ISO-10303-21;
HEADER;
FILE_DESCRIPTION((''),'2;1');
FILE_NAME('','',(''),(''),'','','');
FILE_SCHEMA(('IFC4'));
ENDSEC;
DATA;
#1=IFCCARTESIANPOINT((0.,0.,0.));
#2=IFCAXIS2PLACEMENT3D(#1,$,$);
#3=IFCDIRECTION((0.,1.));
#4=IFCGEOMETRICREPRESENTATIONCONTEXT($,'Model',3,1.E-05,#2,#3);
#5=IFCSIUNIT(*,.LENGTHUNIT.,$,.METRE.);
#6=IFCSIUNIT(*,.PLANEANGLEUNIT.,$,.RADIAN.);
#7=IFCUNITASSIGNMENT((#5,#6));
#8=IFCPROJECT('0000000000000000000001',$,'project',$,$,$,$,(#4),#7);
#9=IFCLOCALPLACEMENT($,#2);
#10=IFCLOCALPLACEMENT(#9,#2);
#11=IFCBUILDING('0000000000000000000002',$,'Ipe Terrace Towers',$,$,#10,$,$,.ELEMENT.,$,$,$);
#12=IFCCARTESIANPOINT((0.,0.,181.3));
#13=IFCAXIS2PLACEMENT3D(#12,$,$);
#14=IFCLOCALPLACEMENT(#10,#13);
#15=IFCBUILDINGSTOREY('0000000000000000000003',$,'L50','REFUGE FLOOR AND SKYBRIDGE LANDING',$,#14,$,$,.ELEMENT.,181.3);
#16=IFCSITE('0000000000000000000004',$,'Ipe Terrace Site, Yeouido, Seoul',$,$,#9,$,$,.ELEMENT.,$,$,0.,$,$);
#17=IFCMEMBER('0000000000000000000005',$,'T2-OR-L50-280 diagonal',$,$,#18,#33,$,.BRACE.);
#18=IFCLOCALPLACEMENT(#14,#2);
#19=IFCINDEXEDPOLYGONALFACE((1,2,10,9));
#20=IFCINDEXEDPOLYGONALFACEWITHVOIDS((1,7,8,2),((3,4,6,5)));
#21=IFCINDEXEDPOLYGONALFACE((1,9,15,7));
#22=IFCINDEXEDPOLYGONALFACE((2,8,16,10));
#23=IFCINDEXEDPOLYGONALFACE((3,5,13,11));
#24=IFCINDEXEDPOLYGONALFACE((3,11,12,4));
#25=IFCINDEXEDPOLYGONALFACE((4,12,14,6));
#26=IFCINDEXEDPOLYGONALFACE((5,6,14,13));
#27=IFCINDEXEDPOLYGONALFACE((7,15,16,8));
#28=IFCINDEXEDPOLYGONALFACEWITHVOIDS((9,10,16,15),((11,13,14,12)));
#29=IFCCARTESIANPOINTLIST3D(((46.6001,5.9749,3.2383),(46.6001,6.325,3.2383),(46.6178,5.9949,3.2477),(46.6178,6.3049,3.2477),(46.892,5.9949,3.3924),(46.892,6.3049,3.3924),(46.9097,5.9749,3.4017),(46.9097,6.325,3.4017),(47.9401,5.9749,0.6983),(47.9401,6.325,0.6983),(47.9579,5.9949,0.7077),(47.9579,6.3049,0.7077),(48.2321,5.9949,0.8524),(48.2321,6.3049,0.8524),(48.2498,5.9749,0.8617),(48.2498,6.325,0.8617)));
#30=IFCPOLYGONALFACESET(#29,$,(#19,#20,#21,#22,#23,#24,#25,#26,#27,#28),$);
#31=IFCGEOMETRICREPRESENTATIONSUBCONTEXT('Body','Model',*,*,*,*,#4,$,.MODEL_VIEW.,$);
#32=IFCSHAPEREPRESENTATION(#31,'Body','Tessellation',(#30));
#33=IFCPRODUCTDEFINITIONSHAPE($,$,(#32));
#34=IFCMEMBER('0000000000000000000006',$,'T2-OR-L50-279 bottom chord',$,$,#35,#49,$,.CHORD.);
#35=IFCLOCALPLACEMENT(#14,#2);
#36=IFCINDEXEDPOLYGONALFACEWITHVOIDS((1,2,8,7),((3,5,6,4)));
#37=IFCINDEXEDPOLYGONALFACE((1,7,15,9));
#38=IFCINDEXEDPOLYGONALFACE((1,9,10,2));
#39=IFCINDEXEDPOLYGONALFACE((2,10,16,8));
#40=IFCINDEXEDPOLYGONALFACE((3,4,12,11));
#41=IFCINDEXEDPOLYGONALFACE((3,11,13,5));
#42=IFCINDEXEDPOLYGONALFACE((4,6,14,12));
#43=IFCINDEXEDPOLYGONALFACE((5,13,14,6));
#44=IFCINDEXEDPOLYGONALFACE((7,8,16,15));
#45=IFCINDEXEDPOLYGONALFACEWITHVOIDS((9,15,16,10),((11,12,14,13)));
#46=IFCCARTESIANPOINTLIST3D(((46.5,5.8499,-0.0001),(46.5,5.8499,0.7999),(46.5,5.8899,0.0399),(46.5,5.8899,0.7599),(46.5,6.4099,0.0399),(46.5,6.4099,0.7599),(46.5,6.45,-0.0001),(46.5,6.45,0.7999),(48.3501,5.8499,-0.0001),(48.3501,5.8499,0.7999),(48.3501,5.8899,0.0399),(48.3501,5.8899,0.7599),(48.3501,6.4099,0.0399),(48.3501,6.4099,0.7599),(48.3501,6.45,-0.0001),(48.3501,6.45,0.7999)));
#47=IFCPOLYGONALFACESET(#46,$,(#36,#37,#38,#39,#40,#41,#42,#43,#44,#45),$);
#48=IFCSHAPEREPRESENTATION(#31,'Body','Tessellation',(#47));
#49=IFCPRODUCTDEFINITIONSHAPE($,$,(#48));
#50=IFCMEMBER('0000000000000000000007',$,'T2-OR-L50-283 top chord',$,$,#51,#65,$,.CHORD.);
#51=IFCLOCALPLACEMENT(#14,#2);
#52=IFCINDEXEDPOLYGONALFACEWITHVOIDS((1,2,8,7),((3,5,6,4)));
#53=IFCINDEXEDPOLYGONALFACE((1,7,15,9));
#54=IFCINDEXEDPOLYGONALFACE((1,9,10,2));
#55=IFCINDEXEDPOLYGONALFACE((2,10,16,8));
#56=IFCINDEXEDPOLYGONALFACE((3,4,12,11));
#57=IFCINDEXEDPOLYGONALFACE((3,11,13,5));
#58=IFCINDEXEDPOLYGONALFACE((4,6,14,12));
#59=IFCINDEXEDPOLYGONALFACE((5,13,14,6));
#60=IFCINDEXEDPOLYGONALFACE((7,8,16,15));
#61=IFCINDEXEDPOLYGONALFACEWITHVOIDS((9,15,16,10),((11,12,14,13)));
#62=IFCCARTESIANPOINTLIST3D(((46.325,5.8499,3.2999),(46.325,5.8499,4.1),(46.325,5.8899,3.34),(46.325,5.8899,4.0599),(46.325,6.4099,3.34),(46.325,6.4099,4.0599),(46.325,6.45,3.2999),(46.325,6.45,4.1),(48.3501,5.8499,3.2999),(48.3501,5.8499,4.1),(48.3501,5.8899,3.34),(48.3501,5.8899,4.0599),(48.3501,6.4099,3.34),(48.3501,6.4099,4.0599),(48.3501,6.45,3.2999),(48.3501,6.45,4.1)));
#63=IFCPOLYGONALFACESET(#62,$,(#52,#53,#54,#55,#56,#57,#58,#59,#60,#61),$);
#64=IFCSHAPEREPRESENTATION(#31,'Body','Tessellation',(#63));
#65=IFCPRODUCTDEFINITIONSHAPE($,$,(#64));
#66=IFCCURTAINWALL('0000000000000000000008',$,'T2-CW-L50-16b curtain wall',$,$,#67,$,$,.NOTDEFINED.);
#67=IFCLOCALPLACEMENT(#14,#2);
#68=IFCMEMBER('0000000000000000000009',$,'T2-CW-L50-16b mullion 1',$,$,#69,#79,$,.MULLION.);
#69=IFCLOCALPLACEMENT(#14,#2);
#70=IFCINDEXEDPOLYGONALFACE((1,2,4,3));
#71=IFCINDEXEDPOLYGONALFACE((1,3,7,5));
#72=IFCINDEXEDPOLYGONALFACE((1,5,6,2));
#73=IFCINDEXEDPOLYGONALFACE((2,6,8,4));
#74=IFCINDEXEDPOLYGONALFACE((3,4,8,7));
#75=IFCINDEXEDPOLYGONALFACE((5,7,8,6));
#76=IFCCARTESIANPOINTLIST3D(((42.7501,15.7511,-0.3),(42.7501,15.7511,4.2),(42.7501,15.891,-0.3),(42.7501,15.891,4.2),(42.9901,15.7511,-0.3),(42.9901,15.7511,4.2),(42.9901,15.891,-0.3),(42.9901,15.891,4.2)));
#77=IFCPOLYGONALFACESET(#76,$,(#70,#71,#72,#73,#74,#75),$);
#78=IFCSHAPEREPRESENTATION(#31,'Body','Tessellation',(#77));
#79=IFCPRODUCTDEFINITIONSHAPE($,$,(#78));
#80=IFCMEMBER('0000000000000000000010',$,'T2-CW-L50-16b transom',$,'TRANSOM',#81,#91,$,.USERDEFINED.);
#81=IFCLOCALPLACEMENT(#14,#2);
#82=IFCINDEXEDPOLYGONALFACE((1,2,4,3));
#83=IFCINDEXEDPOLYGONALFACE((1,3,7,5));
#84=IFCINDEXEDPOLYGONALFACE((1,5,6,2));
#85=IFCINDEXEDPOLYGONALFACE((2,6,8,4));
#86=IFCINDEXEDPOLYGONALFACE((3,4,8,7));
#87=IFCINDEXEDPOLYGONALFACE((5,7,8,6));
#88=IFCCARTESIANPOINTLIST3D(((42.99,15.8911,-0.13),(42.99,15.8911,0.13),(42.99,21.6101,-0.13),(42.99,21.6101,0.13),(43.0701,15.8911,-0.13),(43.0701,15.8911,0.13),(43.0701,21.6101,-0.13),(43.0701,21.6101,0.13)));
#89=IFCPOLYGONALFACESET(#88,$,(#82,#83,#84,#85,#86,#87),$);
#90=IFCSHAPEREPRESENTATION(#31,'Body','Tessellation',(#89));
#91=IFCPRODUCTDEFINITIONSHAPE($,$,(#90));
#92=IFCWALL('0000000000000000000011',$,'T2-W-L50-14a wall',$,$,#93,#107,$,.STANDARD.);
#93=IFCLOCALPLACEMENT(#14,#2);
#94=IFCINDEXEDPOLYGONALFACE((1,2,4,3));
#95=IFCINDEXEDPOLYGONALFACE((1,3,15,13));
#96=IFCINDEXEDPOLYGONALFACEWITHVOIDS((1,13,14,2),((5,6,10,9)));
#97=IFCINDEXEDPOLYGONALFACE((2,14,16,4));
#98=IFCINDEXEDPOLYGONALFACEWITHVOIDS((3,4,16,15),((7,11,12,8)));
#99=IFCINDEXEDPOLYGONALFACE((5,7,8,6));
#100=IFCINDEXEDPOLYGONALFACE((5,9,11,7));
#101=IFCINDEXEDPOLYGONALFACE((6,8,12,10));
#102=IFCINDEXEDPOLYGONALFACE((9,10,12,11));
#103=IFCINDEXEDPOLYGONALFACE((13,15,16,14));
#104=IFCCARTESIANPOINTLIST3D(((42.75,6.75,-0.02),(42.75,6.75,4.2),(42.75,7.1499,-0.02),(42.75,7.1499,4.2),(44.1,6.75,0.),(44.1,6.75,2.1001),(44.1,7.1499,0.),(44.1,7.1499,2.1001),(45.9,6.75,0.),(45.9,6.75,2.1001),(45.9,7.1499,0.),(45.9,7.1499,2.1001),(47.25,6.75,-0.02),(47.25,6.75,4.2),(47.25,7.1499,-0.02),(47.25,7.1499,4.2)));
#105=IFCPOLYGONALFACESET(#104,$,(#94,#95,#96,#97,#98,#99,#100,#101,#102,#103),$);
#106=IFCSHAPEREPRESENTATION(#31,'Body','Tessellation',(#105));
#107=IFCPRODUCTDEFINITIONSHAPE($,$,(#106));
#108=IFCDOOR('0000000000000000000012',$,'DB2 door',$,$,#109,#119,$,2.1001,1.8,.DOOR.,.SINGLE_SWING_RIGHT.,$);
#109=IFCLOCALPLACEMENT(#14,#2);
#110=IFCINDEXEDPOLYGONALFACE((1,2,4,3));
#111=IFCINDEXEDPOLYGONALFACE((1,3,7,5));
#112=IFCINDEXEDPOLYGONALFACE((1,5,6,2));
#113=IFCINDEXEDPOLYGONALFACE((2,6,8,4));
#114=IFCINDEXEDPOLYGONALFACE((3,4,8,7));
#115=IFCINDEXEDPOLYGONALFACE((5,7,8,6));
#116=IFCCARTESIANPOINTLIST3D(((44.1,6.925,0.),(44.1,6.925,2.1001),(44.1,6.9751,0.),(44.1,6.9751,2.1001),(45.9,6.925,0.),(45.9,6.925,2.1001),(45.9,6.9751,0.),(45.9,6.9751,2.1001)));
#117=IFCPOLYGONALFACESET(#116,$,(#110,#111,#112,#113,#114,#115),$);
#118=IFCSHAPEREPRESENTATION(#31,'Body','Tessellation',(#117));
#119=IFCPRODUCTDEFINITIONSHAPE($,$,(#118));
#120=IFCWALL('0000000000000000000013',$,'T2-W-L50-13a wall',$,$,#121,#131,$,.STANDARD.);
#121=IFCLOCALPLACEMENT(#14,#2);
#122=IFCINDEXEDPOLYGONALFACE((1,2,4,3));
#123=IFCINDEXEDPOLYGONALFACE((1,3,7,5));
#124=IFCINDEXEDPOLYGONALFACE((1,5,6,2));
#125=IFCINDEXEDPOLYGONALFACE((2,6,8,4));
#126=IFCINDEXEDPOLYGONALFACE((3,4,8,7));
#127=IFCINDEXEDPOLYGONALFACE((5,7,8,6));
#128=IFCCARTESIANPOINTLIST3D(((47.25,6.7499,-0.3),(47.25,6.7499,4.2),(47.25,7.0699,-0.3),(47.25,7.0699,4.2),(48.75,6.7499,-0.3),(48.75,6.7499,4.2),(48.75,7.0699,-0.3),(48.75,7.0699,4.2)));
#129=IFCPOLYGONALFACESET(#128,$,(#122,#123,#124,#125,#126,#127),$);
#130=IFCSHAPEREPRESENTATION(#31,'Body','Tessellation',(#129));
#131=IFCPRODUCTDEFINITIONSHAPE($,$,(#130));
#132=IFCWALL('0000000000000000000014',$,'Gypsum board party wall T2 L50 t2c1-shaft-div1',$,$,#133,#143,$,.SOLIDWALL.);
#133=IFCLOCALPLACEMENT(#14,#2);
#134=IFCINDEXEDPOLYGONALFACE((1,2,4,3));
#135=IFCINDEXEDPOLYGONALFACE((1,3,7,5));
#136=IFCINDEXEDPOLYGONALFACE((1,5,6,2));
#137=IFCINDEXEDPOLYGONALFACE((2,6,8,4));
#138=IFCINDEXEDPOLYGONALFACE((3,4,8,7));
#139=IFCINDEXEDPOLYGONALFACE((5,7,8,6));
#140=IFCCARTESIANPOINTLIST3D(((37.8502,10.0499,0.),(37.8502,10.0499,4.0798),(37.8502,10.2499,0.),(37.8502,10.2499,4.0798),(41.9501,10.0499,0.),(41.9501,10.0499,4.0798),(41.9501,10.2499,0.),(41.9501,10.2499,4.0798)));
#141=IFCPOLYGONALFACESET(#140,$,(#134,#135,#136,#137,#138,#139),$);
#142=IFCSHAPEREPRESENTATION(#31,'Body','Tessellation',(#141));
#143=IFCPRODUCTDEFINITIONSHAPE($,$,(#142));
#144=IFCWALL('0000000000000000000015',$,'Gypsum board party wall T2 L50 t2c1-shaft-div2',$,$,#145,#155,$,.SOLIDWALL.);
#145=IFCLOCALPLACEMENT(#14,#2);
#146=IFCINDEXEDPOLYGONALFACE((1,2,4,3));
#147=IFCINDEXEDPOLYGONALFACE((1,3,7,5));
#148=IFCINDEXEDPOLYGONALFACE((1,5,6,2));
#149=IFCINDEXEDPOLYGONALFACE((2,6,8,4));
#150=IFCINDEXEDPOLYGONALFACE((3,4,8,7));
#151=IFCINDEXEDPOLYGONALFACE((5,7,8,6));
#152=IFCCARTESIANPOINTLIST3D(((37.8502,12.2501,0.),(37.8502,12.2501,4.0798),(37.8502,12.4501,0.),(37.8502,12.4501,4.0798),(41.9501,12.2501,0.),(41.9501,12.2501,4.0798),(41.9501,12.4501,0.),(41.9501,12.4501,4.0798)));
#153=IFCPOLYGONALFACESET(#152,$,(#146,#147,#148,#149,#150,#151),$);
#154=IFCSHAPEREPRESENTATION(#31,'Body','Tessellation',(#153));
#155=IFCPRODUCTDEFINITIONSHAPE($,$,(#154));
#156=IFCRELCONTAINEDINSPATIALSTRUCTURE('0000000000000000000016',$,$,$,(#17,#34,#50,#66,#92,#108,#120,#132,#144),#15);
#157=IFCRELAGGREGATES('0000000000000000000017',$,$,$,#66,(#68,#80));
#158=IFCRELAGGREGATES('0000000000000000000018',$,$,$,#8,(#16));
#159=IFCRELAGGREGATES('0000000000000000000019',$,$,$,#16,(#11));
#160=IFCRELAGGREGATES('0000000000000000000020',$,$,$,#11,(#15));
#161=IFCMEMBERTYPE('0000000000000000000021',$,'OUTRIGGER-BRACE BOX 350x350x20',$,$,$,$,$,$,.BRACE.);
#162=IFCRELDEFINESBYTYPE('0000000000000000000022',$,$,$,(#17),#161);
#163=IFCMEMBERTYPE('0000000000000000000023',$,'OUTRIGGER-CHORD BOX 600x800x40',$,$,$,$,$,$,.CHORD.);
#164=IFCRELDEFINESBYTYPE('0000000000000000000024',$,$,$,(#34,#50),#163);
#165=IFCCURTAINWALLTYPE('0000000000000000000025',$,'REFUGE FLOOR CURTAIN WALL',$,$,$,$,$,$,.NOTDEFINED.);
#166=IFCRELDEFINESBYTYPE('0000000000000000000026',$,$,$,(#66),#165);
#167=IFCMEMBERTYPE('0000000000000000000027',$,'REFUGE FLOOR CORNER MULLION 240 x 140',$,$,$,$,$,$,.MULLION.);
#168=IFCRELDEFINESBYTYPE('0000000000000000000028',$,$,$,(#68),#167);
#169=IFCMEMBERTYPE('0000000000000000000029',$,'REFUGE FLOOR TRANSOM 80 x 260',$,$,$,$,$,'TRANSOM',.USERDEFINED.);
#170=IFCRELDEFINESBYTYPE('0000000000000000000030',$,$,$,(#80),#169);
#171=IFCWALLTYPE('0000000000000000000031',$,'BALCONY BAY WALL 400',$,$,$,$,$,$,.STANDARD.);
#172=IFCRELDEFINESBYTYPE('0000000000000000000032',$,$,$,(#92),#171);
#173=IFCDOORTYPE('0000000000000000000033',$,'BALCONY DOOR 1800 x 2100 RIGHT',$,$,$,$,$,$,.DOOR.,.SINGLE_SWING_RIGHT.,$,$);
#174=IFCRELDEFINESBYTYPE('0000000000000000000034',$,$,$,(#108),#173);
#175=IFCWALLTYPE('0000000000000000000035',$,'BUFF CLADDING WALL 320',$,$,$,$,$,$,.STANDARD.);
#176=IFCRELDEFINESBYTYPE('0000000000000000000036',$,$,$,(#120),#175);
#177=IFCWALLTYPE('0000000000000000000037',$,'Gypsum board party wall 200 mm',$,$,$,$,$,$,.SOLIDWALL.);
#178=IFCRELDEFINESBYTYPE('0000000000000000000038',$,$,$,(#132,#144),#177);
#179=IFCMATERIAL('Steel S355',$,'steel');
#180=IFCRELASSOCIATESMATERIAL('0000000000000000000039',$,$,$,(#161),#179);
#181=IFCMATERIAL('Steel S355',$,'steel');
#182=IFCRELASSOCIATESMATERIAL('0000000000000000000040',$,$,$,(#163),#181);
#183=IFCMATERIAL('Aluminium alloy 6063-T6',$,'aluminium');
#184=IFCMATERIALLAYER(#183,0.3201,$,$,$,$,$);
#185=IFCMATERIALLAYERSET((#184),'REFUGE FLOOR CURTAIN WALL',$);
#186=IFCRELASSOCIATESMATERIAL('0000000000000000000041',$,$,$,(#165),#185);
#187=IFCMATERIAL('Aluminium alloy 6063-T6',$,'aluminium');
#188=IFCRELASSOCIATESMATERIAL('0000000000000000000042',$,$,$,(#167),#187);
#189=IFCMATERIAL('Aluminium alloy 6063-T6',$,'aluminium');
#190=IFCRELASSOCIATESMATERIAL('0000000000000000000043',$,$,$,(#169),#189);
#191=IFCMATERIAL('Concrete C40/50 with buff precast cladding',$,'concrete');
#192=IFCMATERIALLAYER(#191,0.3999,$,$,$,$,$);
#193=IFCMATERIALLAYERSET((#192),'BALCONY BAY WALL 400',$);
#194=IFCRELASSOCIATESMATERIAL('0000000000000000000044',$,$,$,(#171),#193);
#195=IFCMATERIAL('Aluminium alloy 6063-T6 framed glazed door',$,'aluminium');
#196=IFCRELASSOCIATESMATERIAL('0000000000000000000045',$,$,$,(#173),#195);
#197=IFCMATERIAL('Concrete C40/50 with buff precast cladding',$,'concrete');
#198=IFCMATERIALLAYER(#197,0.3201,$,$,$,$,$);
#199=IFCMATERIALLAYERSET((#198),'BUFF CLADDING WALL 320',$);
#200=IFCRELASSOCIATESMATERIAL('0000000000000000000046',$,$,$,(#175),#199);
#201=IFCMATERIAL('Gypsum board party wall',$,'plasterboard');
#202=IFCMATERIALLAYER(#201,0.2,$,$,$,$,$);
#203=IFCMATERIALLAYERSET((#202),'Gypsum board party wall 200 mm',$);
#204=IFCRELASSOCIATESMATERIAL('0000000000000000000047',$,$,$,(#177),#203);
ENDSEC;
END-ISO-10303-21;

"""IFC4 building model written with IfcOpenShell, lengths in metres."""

from ifc_helpers import new_model, si_unit, direction, frame, frame_2d, origin, origin_2d, place, context, subcontext, project, spatial, rectangle, hollow_rectangle, extrude, material, layer, layer_set, material_profile, profile_set, type_object, element, fill, aggregate, save


model = new_model("IFC4")

# Units and contexts
model_context = context("Model", 3, precision=1e-05, world=origin(), true_north=direction((0.0, 1.0)))
body_context = subcontext(model_context, "Body", "Model", "MODEL_VIEW")
ifc_project = project(units=[si_unit("LENGTHUNIT", "METRE"), si_unit("PLANEANGLEUNIT", "RADIAN")], contexts=[model_context])

# Site, building, storey
site_placement = place(None, origin())
site = spatial("IfcSite", under=ifc_project, at=site_placement, Name="Ipe Terrace Site, Yeouido, Seoul", CompositionType="ELEMENT", RefElevation=0.0)
building_placement = place(site_placement, origin())
building = spatial("IfcBuilding", under=site, at=building_placement, Name="Ipe Terrace Towers", CompositionType="ELEMENT")
storey_placement = place(building_placement, frame((0.0, 0.0, 181.3)))
storey = spatial("IfcBuildingStorey", under=building, at=storey_placement, Name="L50", Description="REFUGE FLOOR AND SKYBRIDGE LANDING", CompositionType="ELEMENT", Elevation=181.3)

# Members
ifc_material_1 = material(Name="Steel S355", Category="steel")
ifc_material_profile_1 = material_profile(ifc_material_1, hollow_rectangle(XDim=0.3501, YDim=0.3501, WallThickness=0.02, at=origin_2d()), Name="OUTRIGGER-BRACE BOX 350x350x20")
ifc_profile_set_1 = profile_set([ifc_material_profile_1], Name="Steel S355")
member_type_1 = type_object("IfcMemberType", Name="OUTRIGGER-BRACE BOX 350x350x20", PredefinedType="BRACE", material=ifc_profile_set_1)
member_1_placement = place(storey_placement, frame((48.095, 6.1499, 0.78), z_axis=(-0.466626, 0.0, 0.884455), x_axis=(0.0, -1.0, 0.0)))
element("IfcMember", 1, at=member_1_placement, inside=storey, type_object=member_type_1, Name="T2-OR-L50-280 diagonal", PredefinedType="BRACE", context=body_context, shape_type="SweptSolid", body=[
    extrude(hollow_rectangle(XDim=0.3501, YDim=0.3501, WallThickness=0.02, at=origin_2d()), origin(), (0.0, 0.0, 1.0), 2.8718),
])
ifc_material_2 = material(Name="Steel S355", Category="steel")
ifc_material_profile_2 = material_profile(ifc_material_2, hollow_rectangle(XDim=0.6001, YDim=0.8, WallThickness=0.04, at=origin_2d()), Name="OUTRIGGER-CHORD BOX 600x800x40")
ifc_profile_set_2 = profile_set([ifc_material_profile_2], Name="Steel S355")
member_type_2 = type_object("IfcMemberType", Name="OUTRIGGER-CHORD BOX 600x800x40", PredefinedType="CHORD", material=ifc_profile_set_2)
member_2_placement = place(storey_placement, frame((46.5, 6.1499, 0.3999), z_axis=(1.0, 0.0, 0.0), x_axis=(0.0, 1.0, 0.0)))
element("IfcMember", 2, at=member_2_placement, inside=storey, type_object=member_type_2, Name="T2-OR-L50-279 bottom chord", PredefinedType="CHORD", context=body_context, shape_type="SweptSolid", body=[
    extrude(hollow_rectangle(XDim=0.6001, YDim=0.8, WallThickness=0.04, at=origin_2d()), origin(), (0.0, 0.0, 1.0), 1.8501),
])
member_3_placement = place(storey_placement, frame((46.325, 6.1499, 3.7), z_axis=(1.0, 0.0, 0.0), x_axis=(0.0, 1.0, 0.0)))
element("IfcMember", 3, at=member_3_placement, inside=storey, type_object=member_type_2, Name="T2-OR-L50-283 top chord", PredefinedType="CHORD", context=body_context, shape_type="SweptSolid", body=[
    extrude(hollow_rectangle(XDim=0.6001, YDim=0.8, WallThickness=0.04, at=origin_2d()), origin(), (0.0, 0.0, 1.0), 2.0251),
])

# Curtain wall, members
ifc_material_3 = material(Name="Aluminium alloy 6063-T6", Category="aluminium")
ifc_layer_1 = layer(ifc_material_3, 0.3201)
ifc_layer_set_1 = layer_set([ifc_layer_1], Name="REFUGE FLOOR CURTAIN WALL")
curtain_wall_type = type_object("IfcCurtainWallType", Name="REFUGE FLOOR CURTAIN WALL", PredefinedType="NOTDEFINED", material=ifc_layer_set_1)
curtain_wall_placement = place(storey_placement, origin())
curtain_wall = element("IfcCurtainWall", 4, at=curtain_wall_placement, inside=storey, type_object=curtain_wall_type, Name="T2-CW-L50-16b curtain wall", PredefinedType="NOTDEFINED")
ifc_material_4 = material(Name="Aluminium alloy 6063-T6", Category="aluminium")
ifc_material_profile_3 = material_profile(ifc_material_4, rectangle(XDim=0.24, YDim=0.1399, at=origin_2d()), Name="REFUGE FLOOR CORNER MULLION 240 x 140")
ifc_profile_set_3 = profile_set([ifc_material_profile_3], Name="Aluminium alloy 6063-T6")
member_type_3 = type_object("IfcMemberType", Name="REFUGE FLOOR CORNER MULLION 240 x 140", PredefinedType="MULLION", material=ifc_profile_set_3)
member_4_placement = place(storey_placement, frame((42.8701, 15.821, -0.3), z_axis=(0.0, 0.0, 1.0), x_axis=(1.0, 0.0, 0.0)))
member_4 = element("IfcMember", 5, at=member_4_placement, type_object=member_type_3, Name="T2-CW-L50-16b mullion 1", PredefinedType="MULLION", context=body_context, shape_type="SweptSolid", body=[
    extrude(rectangle(XDim=0.24, YDim=0.1399, at=origin_2d()), origin(), (0.0, 0.0, 1.0), 4.5),
])
ifc_material_5 = material(Name="Aluminium alloy 6063-T6", Category="aluminium")
ifc_material_profile_4 = material_profile(ifc_material_5, rectangle(XDim=0.0801, YDim=0.26, at=origin_2d()), Name="REFUGE FLOOR TRANSOM 80 x 260")
ifc_profile_set_4 = profile_set([ifc_material_profile_4], Name="Aluminium alloy 6063-T6")
member_type_4 = type_object("IfcMemberType", Name="REFUGE FLOOR TRANSOM 80 x 260", ElementType="TRANSOM", PredefinedType="USERDEFINED", material=ifc_profile_set_4)
member_5_placement = place(storey_placement, frame((43.03, 15.8911, 0.0), z_axis=(0.0, 1.0, 0.0), x_axis=(1.0, 0.0, 0.0)))
member_5 = element("IfcMember", 6, at=member_5_placement, type_object=member_type_4, Name="T2-CW-L50-16b transom", ObjectType="TRANSOM", PredefinedType="USERDEFINED", context=body_context, shape_type="SweptSolid", body=[
    extrude(rectangle(XDim=0.0801, YDim=0.26, at=origin_2d()), origin(), (0.0, 0.0, 1.0), 5.719),
])
aggregate(curtain_wall, [member_4, member_5])

# Wall, opening, door
ifc_material_6 = material(Name="Concrete C40/50 with buff precast cladding", Category="concrete")
ifc_layer_2 = layer(ifc_material_6, 0.3999)
ifc_layer_set_2 = layer_set([ifc_layer_2], Name="BALCONY BAY WALL 400")
wall_type_1 = type_object("IfcWallType", Name="BALCONY BAY WALL 400", PredefinedType="STANDARD", material=ifc_layer_set_2)
wall_1_placement = place(storey_placement, frame((47.25, 6.95, -0.02), z_axis=(0.0, 0.0, 1.0), x_axis=(-1.0, 0.0, 0.0)))
wall_1 = element("IfcWall", 7, at=wall_1_placement, inside=storey, type_object=wall_type_1, Name="T2-W-L50-14a wall", PredefinedType="STANDARD", context=body_context, shape_type="SweptSolid", body=[
    extrude(rectangle(XDim=4.5, YDim=0.3999, at=frame_2d((2.25, 0.0))), origin(), (0.0, 0.0, 1.0), 4.22),
])
opening_1_placement = place(wall_1_placement, frame((1.3501, 0.0, 0.02)))
opening_1 = element("IfcOpeningElement", 8, at=opening_1_placement, cuts=wall_1, PredefinedType="OPENING", context=body_context, shape_type="SweptSolid", body=[
    extrude(rectangle(XDim=1.8, YDim=2.1001, at=frame_2d((0.8999, 1.05))), frame((0.0, 0.21, 0.0), z_axis=(0.0, -1.0, 0.0), x_axis=(1.0, 0.0, 0.0)), (0.0, 0.0, 1.0), 0.4199),
])
ifc_material_7 = material(Name="Aluminium alloy 6063-T6 framed glazed door", Category="aluminium")
door_type_1 = type_object("IfcDoorType", Name="BALCONY DOOR 1800 x 2100 RIGHT", OperationType="SINGLE_SWING_RIGHT", PredefinedType="DOOR", material=ifc_material_7)
door_1_placement = place(opening_1_placement, origin())
door_1 = element("IfcDoor", 9, at=door_1_placement, inside=storey, type_object=door_type_1, Name="DB2 door", OperationType="SINGLE_SWING_RIGHT", OverallHeight=2.1001, OverallWidth=1.8, PredefinedType="DOOR", context=body_context, shape_type="SweptSolid", body=[
    extrude(rectangle(XDim=1.8, YDim=2.1001, at=frame_2d((0.8999, 1.05))), frame((0.0, 0.0249, 0.0), z_axis=(0.0, -1.0, 0.0), x_axis=(1.0, 0.0, 0.0)), (0.0, 0.0, 1.0), 0.05),
])
fill(opening_1, door_1)

# Walls
ifc_material_8 = material(Name="Concrete C40/50 with buff precast cladding", Category="concrete")
ifc_layer_3 = layer(ifc_material_8, 0.3201)
ifc_layer_set_3 = layer_set([ifc_layer_3], Name="BUFF CLADDING WALL 320")
wall_type_2 = type_object("IfcWallType", Name="BUFF CLADDING WALL 320", PredefinedType="STANDARD", material=ifc_layer_set_3)
wall_2_placement = place(storey_placement, frame((48.75, 6.9099, -0.3), z_axis=(0.0, 0.0, 1.0), x_axis=(-1.0, 0.0, 0.0)))
element("IfcWall", 10, at=wall_2_placement, inside=storey, type_object=wall_type_2, Name="T2-W-L50-13a wall", PredefinedType="STANDARD", context=body_context, shape_type="SweptSolid", body=[
    extrude(rectangle(XDim=1.5, YDim=0.3201, at=frame_2d((0.75, 0.0))), origin(), (0.0, 0.0, 1.0), 4.5),
])
ifc_material_9 = material(Name="Gypsum board party wall", Category="plasterboard")
ifc_layer_4 = layer(ifc_material_9, 0.2)
ifc_layer_set_4 = layer_set([ifc_layer_4], Name="Gypsum board party wall 200 mm")
wall_type_3 = type_object("IfcWallType", Name="Gypsum board party wall 200 mm", PredefinedType="SOLIDWALL", material=ifc_layer_set_4)
for number, where, z_axis, x_axis, name in (
    (11, (41.95, 10.1499, 0.0), (0.0, 0.0, 1.0), (-1.0, 0.0, 0.0), "Gypsum board party wall T2 L50 t2c1-shaft-div1"),
    (12, (41.95, 12.3501, 0.0), (0.0, 0.0, 1.0), (-1.0, 0.0, 0.0), "Gypsum board party wall T2 L50 t2c1-shaft-div2"),
):
    element("IfcWall", number, at=place(storey_placement, frame(where, z_axis=z_axis, x_axis=x_axis)), inside=storey, type_object=wall_type_3, Name=name, PredefinedType="SOLIDWALL", context=body_context, shape_type="SweptSolid", body=[
        extrude(rectangle(XDim=4.0999, YDim=0.2, at=frame_2d((2.0498, 0.0))), origin(), (0.0, 0.0, 1.0), 4.0798),
    ])

save(model, "model.ifc")
